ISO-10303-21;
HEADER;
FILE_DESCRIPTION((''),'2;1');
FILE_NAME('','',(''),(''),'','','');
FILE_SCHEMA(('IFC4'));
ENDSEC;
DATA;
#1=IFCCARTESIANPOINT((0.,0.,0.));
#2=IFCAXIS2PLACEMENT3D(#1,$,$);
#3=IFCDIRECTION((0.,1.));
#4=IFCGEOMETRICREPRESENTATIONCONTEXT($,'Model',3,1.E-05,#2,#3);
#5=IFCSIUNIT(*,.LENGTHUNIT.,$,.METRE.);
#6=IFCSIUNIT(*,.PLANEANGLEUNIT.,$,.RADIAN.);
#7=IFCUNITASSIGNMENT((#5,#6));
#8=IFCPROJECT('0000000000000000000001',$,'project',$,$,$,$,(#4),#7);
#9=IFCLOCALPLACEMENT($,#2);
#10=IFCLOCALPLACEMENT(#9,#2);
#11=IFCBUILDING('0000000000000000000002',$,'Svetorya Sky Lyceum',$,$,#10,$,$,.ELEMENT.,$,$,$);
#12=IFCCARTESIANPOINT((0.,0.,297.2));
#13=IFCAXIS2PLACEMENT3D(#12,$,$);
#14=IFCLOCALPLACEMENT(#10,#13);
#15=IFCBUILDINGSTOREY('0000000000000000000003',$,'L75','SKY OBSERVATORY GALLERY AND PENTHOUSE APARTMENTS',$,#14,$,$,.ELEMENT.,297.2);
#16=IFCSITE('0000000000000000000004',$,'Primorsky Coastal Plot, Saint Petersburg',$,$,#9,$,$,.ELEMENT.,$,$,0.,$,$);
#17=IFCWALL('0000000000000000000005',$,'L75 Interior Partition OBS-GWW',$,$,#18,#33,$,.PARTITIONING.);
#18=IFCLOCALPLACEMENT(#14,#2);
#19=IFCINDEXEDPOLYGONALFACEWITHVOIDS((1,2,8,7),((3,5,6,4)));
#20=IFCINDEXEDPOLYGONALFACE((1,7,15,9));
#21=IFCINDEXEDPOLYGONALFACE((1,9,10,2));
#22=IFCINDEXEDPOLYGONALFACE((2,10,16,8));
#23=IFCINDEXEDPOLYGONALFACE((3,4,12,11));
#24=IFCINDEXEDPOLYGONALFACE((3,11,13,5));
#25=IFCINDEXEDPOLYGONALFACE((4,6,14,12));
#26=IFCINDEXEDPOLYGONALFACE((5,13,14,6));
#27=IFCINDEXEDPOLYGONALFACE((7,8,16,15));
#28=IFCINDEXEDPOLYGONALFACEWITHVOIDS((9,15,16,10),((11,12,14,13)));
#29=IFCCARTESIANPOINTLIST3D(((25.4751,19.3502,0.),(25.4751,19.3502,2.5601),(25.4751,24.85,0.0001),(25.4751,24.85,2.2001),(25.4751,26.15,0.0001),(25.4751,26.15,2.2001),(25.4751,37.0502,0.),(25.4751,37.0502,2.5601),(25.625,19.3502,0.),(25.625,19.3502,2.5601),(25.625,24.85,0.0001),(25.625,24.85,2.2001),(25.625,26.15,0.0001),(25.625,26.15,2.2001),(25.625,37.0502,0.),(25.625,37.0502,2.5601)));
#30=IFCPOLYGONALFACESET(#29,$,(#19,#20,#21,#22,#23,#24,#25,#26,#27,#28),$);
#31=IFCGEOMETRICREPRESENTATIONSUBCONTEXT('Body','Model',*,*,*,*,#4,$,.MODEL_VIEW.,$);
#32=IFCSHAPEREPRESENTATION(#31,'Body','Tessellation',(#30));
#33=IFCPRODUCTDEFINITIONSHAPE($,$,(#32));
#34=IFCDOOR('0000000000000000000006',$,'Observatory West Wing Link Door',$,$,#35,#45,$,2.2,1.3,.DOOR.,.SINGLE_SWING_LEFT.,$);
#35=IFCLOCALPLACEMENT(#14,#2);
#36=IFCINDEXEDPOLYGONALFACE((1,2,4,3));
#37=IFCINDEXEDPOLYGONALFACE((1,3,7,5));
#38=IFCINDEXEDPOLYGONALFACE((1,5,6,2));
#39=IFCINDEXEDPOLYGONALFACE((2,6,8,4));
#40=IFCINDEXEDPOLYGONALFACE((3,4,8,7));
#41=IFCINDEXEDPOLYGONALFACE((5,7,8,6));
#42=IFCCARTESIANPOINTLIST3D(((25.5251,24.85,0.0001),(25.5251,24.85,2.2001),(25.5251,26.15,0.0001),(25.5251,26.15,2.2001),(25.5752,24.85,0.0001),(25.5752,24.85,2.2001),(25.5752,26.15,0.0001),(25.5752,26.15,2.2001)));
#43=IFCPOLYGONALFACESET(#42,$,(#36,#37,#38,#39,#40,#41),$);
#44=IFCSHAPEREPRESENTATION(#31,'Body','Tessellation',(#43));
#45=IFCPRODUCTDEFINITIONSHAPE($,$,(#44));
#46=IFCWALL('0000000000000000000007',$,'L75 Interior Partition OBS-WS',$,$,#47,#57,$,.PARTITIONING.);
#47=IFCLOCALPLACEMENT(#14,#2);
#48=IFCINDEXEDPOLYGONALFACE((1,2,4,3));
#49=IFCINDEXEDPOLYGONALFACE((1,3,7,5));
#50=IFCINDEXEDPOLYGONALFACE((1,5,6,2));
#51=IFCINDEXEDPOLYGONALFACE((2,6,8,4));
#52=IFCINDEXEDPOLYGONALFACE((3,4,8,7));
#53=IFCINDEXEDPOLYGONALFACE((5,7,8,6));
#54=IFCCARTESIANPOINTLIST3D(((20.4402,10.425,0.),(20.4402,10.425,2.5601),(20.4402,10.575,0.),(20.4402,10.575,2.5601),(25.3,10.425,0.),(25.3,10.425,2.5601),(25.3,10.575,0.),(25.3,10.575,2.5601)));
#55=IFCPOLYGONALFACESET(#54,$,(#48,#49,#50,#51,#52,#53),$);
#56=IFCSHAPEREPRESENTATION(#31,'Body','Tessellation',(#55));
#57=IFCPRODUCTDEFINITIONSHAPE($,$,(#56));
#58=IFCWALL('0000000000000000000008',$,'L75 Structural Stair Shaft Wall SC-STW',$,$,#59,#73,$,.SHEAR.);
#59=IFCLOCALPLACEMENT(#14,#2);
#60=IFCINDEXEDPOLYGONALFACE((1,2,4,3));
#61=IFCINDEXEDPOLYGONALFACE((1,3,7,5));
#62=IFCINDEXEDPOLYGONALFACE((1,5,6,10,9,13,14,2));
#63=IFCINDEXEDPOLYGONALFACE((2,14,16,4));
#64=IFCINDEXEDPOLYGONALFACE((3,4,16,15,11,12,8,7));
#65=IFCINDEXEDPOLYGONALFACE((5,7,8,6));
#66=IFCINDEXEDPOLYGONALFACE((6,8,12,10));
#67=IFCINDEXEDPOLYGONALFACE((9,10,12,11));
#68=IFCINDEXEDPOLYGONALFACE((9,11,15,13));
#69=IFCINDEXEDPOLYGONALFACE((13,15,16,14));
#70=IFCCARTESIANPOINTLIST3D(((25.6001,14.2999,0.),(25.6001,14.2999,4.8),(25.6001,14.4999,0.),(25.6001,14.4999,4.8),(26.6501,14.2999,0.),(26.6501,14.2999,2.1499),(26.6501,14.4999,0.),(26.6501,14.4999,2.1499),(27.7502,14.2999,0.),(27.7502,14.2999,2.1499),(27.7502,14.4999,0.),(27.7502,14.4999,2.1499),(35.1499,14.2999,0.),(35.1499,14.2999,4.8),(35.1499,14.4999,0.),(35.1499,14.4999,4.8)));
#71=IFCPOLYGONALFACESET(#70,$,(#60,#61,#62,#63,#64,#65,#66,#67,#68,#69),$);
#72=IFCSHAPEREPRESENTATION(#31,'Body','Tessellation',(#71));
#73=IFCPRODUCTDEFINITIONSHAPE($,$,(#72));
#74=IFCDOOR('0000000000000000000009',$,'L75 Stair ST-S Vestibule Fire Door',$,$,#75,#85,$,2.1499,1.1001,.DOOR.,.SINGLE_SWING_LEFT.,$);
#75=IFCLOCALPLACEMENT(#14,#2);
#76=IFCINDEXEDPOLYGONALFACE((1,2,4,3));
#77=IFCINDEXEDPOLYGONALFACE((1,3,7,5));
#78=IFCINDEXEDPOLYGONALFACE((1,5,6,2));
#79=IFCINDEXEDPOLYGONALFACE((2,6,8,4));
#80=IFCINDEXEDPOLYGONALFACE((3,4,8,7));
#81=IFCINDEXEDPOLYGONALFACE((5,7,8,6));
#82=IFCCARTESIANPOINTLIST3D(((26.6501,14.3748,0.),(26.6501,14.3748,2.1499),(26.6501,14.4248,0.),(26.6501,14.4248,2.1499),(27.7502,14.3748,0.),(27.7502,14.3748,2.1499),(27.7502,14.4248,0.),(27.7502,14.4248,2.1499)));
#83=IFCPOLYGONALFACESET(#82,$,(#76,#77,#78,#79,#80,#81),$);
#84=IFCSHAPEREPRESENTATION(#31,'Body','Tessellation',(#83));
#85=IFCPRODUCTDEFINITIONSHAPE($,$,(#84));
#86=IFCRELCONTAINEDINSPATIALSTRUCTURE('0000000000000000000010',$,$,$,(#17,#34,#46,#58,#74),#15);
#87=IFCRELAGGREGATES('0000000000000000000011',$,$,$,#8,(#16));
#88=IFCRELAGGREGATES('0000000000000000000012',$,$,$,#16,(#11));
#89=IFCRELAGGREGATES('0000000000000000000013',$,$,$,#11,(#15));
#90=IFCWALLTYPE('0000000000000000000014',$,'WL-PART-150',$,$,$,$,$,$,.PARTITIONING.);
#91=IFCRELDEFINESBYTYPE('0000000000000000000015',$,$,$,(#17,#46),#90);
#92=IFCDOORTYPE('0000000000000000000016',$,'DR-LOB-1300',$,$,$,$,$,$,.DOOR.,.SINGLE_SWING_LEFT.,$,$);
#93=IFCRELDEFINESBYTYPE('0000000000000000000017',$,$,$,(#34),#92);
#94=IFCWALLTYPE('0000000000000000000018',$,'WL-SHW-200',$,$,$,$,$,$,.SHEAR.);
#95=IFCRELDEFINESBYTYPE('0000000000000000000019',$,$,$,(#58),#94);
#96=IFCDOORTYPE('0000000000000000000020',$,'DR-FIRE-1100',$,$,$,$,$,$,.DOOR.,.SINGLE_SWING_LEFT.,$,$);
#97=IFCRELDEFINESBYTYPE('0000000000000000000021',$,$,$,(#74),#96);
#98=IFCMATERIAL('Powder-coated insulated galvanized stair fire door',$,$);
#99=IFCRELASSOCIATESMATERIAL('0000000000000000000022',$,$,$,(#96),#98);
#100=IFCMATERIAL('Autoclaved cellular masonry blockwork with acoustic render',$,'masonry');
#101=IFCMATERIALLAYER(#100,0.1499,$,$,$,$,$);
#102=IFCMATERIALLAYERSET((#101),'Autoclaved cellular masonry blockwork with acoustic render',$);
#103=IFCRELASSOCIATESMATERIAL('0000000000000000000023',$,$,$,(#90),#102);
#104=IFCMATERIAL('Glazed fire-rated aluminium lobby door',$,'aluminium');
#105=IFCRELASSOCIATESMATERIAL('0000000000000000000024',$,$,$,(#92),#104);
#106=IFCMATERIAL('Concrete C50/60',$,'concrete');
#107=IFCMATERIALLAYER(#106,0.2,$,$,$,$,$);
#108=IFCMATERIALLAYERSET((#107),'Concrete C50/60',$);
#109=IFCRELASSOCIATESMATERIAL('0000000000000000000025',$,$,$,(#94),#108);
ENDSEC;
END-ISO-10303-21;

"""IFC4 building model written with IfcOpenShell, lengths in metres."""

from ifc_helpers import new_model, si_unit, direction, frame, frame_2d, origin, place, context, subcontext, project, spatial, rectangle, extrude, material, layer, layer_set, type_object, element, fill, save


model = new_model("IFC4")

# Units and contexts
model_context = context("Model", 3, precision=1e-05, world=origin(), true_north=direction((0.0, 1.0)))
body_context = subcontext(model_context, "Body", "Model", "MODEL_VIEW")
ifc_project = project(units=[si_unit("LENGTHUNIT", "METRE"), si_unit("PLANEANGLEUNIT", "RADIAN")], contexts=[model_context])

# Site, building, storey
site_placement = place(None, origin())
site = spatial("IfcSite", under=ifc_project, at=site_placement, Name="Primorsky Coastal Plot, Saint Petersburg", CompositionType="ELEMENT", RefElevation=0.0)
building_placement = place(site_placement, origin())
building = spatial("IfcBuilding", under=site, at=building_placement, Name="Svetorya Sky Lyceum", CompositionType="ELEMENT")
storey_placement = place(building_placement, frame((0.0, 0.0, 297.2)))
storey = spatial("IfcBuildingStorey", under=building, at=storey_placement, Name="L75", Description="SKY OBSERVATORY GALLERY AND PENTHOUSE APARTMENTS", CompositionType="ELEMENT", Elevation=297.2)

# Shared definitions
ifc_material_1 = material(Name="Concrete C50/60", Category="concrete")

# Shared definitions
ifc_material_2 = material(Name="Powder-coated insulated galvanized stair fire door")
door_type_1 = type_object("IfcDoorType", Name="DR-FIRE-1100", OperationType="SINGLE_SWING_LEFT", PredefinedType="DOOR", material=ifc_material_2)

# Wall, opening, door
ifc_material_3 = material(Name="Autoclaved cellular masonry blockwork with acoustic render", Category="masonry")
ifc_layer_1 = layer(ifc_material_3, 0.1499)
ifc_layer_set_1 = layer_set([ifc_layer_1], Name="Autoclaved cellular masonry blockwork with acoustic render")
wall_type_1 = type_object("IfcWallType", Name="WL-PART-150", PredefinedType="PARTITIONING", material=ifc_layer_set_1)
wall_1_placement = place(storey_placement, frame((25.55, 19.3501, 0.0), z_axis=(0.0, 0.0, 1.0), x_axis=(0.0, 1.0, 0.0)))
wall_1 = element("IfcWall", 1, at=wall_1_placement, inside=storey, type_object=wall_type_1, Name="L75 Interior Partition OBS-GWW", PredefinedType="PARTITIONING", context=body_context, shape_type="SweptSolid", body=[
    extrude(rectangle(XDim=17.7, YDim=0.1499, at=frame_2d((8.8501, 0.0))), origin(), (0.0, 0.0, 1.0), 2.5601),
])
opening_1_placement = place(wall_1_placement, frame((5.5, 0.0, 0.0)))
opening_1 = element("IfcOpeningElement", 2, at=opening_1_placement, cuts=wall_1, PredefinedType="OPENING", context=body_context, shape_type="SweptSolid", body=[
    extrude(rectangle(XDim=1.3, YDim=2.2, at=frame_2d((0.6499, 1.1001))), frame((0.0, 0.085, 0.0), z_axis=(0.0, -1.0, 0.0), x_axis=(1.0, 0.0, 0.0)), (0.0, 0.0, 1.0), 0.1699),
])
ifc_material_4 = material(Name="Glazed fire-rated aluminium lobby door", Category="aluminium")
door_type_2 = type_object("IfcDoorType", Name="DR-LOB-1300", OperationType="SINGLE_SWING_LEFT", PredefinedType="DOOR", material=ifc_material_4)
door_1_placement = place(opening_1_placement, origin())
door_1 = element("IfcDoor", 3, at=door_1_placement, inside=storey, type_object=door_type_2, Name="Observatory West Wing Link Door", OperationType="SINGLE_SWING_LEFT", OverallHeight=2.2, OverallWidth=1.3, PredefinedType="DOOR", context=body_context, shape_type="SweptSolid", body=[
    extrude(rectangle(XDim=1.3, YDim=2.2, at=frame_2d((0.6499, 1.1001))), frame((0.0, 0.0249, 0.0), z_axis=(0.0, -1.0, 0.0), x_axis=(1.0, 0.0, 0.0)), (0.0, 0.0, 1.0), 0.05),
])
fill(opening_1, door_1)

# Wall
wall_2_placement = place(storey_placement, frame((20.4402, 10.5, 0.0), z_axis=(0.0, 0.0, 1.0), x_axis=(1.0, 0.0, 0.0)))
element("IfcWall", 4, at=wall_2_placement, inside=storey, type_object=wall_type_1, Name="L75 Interior Partition OBS-WS", PredefinedType="PARTITIONING", context=body_context, shape_type="SweptSolid", body=[
    extrude(rectangle(XDim=4.8599, YDim=0.1499, at=frame_2d((2.4299, 0.0))), origin(), (0.0, 0.0, 1.0), 2.5601),
])

# Wall, opening, door
ifc_layer_2 = layer(ifc_material_1, 0.2)
ifc_layer_set_2 = layer_set([ifc_layer_2], Name="Concrete C50/60")
wall_type_2 = type_object("IfcWallType", Name="WL-SHW-200", PredefinedType="SHEAR", material=ifc_layer_set_2)
wall_3_placement = place(storey_placement, frame((25.6001, 14.3999, 0.0), z_axis=(0.0, 0.0, 1.0), x_axis=(1.0, 0.0, 0.0)))
wall_3 = element("IfcWall", 5, at=wall_3_placement, inside=storey, type_object=wall_type_2, Name="L75 Structural Stair Shaft Wall SC-STW", PredefinedType="SHEAR", context=body_context, shape_type="SweptSolid", body=[
    extrude(rectangle(XDim=9.5498, YDim=0.2, at=frame_2d((4.7749, 0.0))), origin(), (0.0, 0.0, 1.0), 4.8),
])
opening_2_placement = place(wall_3_placement, frame((1.05, 0.0, 0.0)))
opening_2 = element("IfcOpeningElement", 6, at=opening_2_placement, cuts=wall_3, PredefinedType="OPENING", context=body_context, shape_type="SweptSolid", body=[
    extrude(rectangle(XDim=1.1001, YDim=2.1499, at=frame_2d((0.55, 1.075))), frame((0.0, 0.1099, 0.0), z_axis=(0.0, -1.0, 0.0), x_axis=(1.0, 0.0, 0.0)), (0.0, 0.0, 1.0), 0.22),
])
door_2_placement = place(opening_2_placement, origin())
door_2 = element("IfcDoor", 7, at=door_2_placement, inside=storey, type_object=door_type_1, Name="L75 Stair ST-S Vestibule Fire Door", OperationType="SINGLE_SWING_LEFT", OverallHeight=2.1499, OverallWidth=1.1001, PredefinedType="DOOR", context=body_context, shape_type="SweptSolid", body=[
    extrude(rectangle(XDim=1.1001, YDim=2.1499, at=frame_2d((0.55, 1.075))), frame((0.0, 0.0249, 0.0), z_axis=(0.0, -1.0, 0.0), x_axis=(1.0, 0.0, 0.0)), (0.0, 0.0, 1.0), 0.05),
])
fill(opening_2, door_2)

save(model, "model.ifc")
